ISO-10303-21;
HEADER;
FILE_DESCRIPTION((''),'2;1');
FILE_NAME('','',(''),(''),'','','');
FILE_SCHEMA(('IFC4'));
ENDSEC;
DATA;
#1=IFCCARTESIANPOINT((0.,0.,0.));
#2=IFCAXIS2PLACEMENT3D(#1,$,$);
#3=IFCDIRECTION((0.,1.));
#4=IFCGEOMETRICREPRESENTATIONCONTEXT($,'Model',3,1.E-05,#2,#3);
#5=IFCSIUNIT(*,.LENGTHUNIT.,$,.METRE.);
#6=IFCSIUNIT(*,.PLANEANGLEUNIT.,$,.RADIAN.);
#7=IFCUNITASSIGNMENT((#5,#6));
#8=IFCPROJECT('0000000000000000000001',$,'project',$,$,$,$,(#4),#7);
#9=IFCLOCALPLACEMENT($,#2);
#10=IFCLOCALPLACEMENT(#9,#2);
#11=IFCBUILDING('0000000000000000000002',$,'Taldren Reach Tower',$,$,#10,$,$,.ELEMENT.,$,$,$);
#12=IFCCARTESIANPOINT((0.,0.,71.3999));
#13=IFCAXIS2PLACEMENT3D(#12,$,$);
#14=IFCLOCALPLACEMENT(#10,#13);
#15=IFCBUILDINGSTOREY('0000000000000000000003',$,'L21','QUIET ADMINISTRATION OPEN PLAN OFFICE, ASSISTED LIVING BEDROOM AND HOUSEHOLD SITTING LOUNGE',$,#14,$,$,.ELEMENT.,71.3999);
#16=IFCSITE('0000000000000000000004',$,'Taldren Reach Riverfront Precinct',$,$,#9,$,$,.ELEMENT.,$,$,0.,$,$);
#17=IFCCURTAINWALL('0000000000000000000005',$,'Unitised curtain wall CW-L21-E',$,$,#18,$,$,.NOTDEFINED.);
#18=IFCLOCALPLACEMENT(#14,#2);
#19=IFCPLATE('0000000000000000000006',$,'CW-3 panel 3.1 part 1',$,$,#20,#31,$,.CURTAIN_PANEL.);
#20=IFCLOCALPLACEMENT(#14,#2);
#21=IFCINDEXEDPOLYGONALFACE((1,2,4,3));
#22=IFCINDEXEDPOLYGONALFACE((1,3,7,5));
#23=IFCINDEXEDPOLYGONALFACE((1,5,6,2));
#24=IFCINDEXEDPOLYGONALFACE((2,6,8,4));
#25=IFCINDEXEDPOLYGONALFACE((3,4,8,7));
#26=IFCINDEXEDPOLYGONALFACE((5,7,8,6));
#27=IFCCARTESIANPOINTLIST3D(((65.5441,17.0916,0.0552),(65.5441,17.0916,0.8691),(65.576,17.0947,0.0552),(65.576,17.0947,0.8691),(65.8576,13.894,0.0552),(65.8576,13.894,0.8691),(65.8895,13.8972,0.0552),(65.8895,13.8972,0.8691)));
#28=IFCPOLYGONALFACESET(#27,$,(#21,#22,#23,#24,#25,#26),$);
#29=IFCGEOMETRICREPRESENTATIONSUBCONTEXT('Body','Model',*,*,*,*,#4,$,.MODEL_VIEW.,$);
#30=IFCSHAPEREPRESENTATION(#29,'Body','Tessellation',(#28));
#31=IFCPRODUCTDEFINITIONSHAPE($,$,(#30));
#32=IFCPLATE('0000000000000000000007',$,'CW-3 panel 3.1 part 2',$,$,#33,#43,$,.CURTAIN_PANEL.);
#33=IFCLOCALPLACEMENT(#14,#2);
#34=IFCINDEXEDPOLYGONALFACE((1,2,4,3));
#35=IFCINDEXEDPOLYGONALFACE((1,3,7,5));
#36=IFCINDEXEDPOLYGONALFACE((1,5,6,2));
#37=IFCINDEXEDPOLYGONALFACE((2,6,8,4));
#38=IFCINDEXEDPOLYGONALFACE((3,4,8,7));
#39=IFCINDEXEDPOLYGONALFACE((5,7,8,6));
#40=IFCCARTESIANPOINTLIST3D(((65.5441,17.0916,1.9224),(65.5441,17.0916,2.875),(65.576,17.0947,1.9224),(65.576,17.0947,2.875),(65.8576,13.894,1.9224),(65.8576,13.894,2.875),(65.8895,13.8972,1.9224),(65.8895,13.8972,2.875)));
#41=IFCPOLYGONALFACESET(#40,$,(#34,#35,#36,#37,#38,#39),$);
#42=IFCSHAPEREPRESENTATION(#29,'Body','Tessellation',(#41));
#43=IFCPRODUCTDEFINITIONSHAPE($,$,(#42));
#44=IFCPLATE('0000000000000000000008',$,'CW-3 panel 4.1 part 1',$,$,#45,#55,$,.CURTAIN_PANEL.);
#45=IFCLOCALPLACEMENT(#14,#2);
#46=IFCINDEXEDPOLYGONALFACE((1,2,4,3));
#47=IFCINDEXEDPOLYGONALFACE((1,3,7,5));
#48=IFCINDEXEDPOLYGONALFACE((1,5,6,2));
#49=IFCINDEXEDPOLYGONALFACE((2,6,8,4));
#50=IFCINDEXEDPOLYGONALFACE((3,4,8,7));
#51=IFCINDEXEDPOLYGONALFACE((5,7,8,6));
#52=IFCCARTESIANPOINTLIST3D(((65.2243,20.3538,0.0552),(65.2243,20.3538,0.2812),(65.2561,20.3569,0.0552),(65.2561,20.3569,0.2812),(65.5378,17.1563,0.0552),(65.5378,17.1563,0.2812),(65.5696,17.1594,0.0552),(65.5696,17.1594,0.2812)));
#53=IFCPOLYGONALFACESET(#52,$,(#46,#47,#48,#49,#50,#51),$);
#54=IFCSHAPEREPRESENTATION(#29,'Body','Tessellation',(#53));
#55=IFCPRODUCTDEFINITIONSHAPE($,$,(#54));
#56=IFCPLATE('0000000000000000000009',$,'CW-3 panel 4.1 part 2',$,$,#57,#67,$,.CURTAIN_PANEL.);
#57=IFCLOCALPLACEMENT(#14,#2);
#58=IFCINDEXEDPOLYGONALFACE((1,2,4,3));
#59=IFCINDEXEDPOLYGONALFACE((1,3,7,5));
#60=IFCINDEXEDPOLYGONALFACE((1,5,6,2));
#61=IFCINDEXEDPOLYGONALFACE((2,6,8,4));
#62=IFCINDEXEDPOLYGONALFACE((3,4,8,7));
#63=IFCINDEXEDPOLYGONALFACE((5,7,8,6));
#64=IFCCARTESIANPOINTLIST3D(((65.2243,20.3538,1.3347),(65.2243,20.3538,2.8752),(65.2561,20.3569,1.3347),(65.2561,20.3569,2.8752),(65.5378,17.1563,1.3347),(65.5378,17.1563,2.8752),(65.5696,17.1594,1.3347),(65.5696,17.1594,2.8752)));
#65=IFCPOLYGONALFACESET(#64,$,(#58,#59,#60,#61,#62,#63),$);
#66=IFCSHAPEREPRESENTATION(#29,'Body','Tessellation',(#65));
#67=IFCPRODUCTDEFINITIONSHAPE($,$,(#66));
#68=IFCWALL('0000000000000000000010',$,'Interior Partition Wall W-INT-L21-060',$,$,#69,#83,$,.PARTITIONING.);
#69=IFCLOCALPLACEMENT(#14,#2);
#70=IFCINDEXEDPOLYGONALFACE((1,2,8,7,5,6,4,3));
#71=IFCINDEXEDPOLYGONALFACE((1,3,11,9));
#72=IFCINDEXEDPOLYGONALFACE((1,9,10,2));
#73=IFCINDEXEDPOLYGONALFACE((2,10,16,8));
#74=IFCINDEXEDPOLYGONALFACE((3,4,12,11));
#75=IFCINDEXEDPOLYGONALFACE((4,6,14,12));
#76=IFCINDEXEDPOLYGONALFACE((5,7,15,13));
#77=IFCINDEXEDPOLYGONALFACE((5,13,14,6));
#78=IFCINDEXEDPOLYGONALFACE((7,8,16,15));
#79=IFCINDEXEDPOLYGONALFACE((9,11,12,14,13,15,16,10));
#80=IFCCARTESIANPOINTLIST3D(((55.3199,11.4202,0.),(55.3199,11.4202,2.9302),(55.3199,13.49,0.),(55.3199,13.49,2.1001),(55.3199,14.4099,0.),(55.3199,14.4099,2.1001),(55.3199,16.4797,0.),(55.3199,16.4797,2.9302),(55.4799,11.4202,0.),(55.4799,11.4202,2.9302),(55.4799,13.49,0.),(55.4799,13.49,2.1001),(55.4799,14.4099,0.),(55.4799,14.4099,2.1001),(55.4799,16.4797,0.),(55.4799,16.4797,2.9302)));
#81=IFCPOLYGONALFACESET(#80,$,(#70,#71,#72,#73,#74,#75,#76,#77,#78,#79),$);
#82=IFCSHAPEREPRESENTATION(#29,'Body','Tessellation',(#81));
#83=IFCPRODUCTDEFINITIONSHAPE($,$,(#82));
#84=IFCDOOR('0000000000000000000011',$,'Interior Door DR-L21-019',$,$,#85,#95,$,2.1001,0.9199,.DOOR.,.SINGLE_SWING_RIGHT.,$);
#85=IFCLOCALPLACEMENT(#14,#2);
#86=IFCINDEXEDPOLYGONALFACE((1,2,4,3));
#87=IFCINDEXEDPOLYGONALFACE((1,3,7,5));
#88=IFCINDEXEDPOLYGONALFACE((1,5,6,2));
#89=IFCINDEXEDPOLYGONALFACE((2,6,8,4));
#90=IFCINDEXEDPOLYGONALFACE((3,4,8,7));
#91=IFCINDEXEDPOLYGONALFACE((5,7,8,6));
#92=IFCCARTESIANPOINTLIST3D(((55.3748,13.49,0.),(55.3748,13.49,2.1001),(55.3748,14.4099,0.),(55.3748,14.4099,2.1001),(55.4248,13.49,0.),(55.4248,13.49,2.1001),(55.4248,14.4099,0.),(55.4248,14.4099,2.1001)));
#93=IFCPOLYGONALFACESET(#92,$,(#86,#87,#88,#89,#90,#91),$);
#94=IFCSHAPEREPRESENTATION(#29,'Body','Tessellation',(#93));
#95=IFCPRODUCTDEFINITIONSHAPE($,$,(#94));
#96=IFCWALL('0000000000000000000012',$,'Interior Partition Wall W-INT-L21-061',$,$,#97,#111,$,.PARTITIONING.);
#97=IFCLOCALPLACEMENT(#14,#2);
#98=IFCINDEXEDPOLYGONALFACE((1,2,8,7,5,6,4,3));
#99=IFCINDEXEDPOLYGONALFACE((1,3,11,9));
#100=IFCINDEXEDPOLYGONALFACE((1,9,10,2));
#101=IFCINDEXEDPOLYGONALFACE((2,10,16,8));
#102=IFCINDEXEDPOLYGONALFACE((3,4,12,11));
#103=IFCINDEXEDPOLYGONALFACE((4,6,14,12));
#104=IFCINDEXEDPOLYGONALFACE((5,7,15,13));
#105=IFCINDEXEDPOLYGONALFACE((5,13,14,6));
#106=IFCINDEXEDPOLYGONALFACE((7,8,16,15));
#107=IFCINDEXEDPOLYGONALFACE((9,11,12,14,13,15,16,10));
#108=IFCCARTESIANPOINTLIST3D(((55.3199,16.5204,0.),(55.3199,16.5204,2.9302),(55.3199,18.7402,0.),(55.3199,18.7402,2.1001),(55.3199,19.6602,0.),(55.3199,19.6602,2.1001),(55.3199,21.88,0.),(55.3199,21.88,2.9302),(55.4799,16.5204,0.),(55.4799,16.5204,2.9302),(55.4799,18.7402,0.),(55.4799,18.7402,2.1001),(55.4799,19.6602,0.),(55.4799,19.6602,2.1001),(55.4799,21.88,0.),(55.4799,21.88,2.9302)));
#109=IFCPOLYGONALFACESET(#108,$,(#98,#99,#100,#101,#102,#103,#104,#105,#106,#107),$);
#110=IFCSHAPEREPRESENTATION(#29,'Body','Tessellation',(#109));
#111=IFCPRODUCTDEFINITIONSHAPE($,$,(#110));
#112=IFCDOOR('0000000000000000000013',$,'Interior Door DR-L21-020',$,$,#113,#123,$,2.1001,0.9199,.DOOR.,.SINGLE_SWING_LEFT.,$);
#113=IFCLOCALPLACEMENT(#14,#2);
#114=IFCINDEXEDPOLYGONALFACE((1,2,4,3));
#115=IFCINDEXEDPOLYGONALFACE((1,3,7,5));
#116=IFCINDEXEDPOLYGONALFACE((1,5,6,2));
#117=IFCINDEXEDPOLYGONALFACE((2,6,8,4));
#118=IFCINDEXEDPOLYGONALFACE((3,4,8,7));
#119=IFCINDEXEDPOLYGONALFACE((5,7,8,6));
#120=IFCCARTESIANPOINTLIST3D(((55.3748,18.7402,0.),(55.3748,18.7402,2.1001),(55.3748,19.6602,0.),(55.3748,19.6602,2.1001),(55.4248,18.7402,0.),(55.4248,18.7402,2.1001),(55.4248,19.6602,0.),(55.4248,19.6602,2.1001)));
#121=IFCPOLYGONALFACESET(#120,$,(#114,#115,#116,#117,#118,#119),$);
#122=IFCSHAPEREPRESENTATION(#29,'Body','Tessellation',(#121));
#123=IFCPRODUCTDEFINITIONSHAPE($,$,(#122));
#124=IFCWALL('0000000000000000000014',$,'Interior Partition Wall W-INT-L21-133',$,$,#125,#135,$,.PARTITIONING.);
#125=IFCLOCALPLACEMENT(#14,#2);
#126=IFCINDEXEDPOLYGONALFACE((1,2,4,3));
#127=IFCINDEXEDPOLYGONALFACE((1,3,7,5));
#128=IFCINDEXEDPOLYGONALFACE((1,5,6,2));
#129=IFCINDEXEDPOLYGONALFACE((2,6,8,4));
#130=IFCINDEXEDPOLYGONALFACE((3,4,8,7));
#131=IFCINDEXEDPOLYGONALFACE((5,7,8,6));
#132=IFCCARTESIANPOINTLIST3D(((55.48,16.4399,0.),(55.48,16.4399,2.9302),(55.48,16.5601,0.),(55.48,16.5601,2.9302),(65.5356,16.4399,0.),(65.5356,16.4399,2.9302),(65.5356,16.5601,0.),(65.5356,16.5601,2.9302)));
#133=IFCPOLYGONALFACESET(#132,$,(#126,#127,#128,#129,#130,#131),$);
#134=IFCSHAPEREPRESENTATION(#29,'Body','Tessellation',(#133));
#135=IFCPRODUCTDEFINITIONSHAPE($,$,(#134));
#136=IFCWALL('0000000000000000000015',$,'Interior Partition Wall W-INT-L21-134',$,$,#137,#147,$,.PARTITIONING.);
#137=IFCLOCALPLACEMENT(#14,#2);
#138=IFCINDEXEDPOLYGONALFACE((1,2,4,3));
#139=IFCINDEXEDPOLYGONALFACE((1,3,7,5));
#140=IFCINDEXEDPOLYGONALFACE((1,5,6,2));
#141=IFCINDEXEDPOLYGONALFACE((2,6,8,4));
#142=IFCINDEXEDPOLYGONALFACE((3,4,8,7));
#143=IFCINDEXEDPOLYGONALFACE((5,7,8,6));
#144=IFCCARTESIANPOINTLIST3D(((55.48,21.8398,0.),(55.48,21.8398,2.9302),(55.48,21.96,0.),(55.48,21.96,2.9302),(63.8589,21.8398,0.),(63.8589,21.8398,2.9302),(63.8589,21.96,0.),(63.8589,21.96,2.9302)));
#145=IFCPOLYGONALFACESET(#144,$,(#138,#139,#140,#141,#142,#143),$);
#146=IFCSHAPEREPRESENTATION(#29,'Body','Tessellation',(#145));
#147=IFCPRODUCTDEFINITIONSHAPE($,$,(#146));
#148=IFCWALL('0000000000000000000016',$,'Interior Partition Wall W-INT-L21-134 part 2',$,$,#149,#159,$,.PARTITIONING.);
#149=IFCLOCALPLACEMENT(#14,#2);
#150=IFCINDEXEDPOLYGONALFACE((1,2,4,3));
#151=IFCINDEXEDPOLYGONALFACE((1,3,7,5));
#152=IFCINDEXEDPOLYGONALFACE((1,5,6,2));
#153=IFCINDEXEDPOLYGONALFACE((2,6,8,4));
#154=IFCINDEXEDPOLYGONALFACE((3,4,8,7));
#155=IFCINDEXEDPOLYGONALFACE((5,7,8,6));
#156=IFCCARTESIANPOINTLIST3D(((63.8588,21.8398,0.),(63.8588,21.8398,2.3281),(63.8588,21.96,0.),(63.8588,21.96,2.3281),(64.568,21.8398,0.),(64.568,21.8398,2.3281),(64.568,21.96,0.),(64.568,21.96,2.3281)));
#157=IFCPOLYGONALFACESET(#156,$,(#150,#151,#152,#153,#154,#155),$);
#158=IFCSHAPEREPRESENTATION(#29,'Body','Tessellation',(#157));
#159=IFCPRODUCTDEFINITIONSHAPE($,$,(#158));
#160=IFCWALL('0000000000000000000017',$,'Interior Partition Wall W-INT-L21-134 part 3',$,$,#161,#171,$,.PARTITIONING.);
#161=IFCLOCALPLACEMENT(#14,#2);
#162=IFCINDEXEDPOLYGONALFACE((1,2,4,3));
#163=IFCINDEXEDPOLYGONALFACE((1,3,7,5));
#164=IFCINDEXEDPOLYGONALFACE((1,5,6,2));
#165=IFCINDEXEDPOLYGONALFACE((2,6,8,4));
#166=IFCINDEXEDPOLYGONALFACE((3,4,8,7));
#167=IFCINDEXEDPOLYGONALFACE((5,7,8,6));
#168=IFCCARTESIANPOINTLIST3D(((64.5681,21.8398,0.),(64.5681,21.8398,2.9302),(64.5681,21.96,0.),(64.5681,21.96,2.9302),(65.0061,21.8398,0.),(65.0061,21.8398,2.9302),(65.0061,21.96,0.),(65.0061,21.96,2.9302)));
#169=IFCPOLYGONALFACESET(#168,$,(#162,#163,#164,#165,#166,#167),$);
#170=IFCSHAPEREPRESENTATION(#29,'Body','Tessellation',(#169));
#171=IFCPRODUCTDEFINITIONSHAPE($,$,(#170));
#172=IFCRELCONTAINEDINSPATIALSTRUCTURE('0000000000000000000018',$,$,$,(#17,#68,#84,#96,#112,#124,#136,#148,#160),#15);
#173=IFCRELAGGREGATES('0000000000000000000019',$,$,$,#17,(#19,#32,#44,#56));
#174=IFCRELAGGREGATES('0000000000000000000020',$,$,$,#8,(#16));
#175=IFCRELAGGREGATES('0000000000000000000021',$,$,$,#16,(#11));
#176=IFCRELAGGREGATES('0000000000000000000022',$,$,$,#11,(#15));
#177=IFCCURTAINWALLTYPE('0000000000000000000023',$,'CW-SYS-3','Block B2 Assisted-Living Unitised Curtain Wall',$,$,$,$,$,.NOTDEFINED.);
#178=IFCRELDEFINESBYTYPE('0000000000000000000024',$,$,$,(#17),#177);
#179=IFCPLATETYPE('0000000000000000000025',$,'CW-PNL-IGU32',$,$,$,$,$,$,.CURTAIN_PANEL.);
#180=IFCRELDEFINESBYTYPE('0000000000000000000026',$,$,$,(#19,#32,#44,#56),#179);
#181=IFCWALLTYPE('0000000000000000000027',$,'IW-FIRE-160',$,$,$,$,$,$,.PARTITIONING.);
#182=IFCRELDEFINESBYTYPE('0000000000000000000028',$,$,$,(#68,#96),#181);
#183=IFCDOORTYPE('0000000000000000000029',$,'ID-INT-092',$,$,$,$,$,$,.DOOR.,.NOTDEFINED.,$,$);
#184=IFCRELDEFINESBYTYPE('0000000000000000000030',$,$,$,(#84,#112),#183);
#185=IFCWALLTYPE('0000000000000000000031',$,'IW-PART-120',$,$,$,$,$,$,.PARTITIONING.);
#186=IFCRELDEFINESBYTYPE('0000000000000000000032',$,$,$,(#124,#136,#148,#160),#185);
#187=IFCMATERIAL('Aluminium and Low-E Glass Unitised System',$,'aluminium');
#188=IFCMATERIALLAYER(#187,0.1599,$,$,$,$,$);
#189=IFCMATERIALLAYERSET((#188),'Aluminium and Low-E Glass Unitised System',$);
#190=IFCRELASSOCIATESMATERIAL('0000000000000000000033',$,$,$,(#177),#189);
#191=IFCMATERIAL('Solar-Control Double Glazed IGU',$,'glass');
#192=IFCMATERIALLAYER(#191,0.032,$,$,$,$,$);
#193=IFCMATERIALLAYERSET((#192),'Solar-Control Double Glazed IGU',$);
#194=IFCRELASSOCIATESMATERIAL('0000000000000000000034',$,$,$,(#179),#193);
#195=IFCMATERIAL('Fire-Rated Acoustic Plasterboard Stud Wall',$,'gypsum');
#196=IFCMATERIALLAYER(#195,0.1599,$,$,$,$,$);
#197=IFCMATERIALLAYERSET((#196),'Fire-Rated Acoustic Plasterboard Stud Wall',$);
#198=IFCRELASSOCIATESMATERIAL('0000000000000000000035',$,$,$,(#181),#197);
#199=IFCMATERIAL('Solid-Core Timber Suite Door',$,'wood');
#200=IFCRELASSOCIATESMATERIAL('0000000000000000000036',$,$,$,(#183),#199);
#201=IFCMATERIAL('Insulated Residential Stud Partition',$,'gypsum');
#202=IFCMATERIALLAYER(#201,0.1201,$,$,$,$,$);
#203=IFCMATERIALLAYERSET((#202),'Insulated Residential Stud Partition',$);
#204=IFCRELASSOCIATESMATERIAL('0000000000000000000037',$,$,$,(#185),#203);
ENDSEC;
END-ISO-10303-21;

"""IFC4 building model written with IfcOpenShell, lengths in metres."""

from ifc_helpers import new_model, si_unit, direction, frame, frame_2d, origin, origin_2d, place, context, subcontext, project, spatial, rectangle, extrude, source, transform, mapped, material, layer, layer_set, type_object, element, fill, aggregate, save


model = new_model("IFC4")

# Units and contexts
model_context = context("Model", 3, precision=1e-05, world=origin(), true_north=direction((0.0, 1.0)))
body_context = subcontext(model_context, "Body", "Model", "MODEL_VIEW")
ifc_project = project(units=[si_unit("LENGTHUNIT", "METRE"), si_unit("PLANEANGLEUNIT", "RADIAN")], contexts=[model_context])

# Site, building, storey
site_placement = place(None, origin())
site = spatial("IfcSite", under=ifc_project, at=site_placement, Name="Taldren Reach Riverfront Precinct", CompositionType="ELEMENT", RefElevation=0.0)
building_placement = place(site_placement, origin())
building = spatial("IfcBuilding", under=site, at=building_placement, Name="Taldren Reach Tower", CompositionType="ELEMENT")
storey_placement = place(building_placement, frame((0.0, 0.0, 71.3999)))
storey = spatial("IfcBuildingStorey", under=building, at=storey_placement, Name="L21", Description="QUIET ADMINISTRATION OPEN PLAN OFFICE, ASSISTED LIVING BEDROOM AND HOUSEHOLD SITTING LOUNGE", CompositionType="ELEMENT", Elevation=71.3999)

# Curtain wall, plates
ifc_material_1 = material(Name="Aluminium and Low-E Glass Unitised System", Category="aluminium")
ifc_layer_1 = layer(ifc_material_1, 0.1599)
ifc_layer_set_1 = layer_set([ifc_layer_1], Name="Aluminium and Low-E Glass Unitised System")
curtain_wall_type = type_object("IfcCurtainWallType", Name="CW-SYS-3", Description="Block B2 Assisted-Living Unitised Curtain Wall", PredefinedType="NOTDEFINED", material=ifc_layer_set_1)
curtain_wall_placement = place(storey_placement, origin())
curtain_wall = element("IfcCurtainWall", 1, at=curtain_wall_placement, inside=storey, type_object=curtain_wall_type, Name="Unitised curtain wall CW-L21-E", PredefinedType="NOTDEFINED")
ifc_material_2 = material(Name="Solar-Control Double Glazed IGU", Category="glass")
ifc_layer_2 = layer(ifc_material_2, 0.032)
ifc_layer_set_2 = layer_set([ifc_layer_2], Name="Solar-Control Double Glazed IGU")
plate_type = type_object("IfcPlateType", Name="CW-PNL-IGU32", PredefinedType="CURTAIN_PANEL", material=ifc_layer_set_2)
shared_shape_1 = source(origin(), body_context, "Body", "SweptSolid", [
    extrude(rectangle(XDim=3.2129, YDim=0.032, at=origin_2d()), origin(), (0.0, 0.0, 1.0), 0.814),
])
plate_1_placement = place(storey_placement, frame((65.7168, 15.4944, 0.0552), z_axis=(0.0, 0.0, 1.0), x_axis=(-0.097583, 0.995227, 0.0)))
plate_1 = element("IfcPlate", 2, at=plate_1_placement, type_object=plate_type, Name="CW-3 panel 3.1 part 1", PredefinedType="CURTAIN_PANEL", context=body_context, shape_type="MappedRepresentation", body=[
    mapped(shared_shape_1, transform((0.0, 0.0, 0.0), scale=1.0)),
])
shared_shape_2 = source(origin(), body_context, "Body", "SweptSolid", [
    extrude(rectangle(XDim=3.2129, YDim=0.032, at=origin_2d()), origin(), (0.0, 0.0, 1.0), 0.9526),
])
plate_2_placement = place(storey_placement, frame((65.7168, 15.4944, 1.9224), z_axis=(0.0, 0.0, 1.0), x_axis=(-0.097583, 0.995227, 0.0)))
plate_2 = element("IfcPlate", 3, at=plate_2_placement, type_object=plate_type, Name="CW-3 panel 3.1 part 2", PredefinedType="CURTAIN_PANEL", context=body_context, shape_type="MappedRepresentation", body=[
    mapped(shared_shape_2, transform((0.0, 0.0, 0.0), scale=1.0)),
])
shared_shape_3 = source(origin(), body_context, "Body", "SweptSolid", [
    extrude(rectangle(XDim=3.2129, YDim=0.032, at=origin_2d()), origin(), (0.0, 0.0, 1.0), 0.2261),
])
plate_3_placement = place(storey_placement, frame((65.397, 18.7566, 0.0552), z_axis=(0.0, 0.0, 1.0), x_axis=(-0.097583, 0.995227, 0.0)))
plate_3 = element("IfcPlate", 4, at=plate_3_placement, type_object=plate_type, Name="CW-3 panel 4.1 part 1", PredefinedType="CURTAIN_PANEL", context=body_context, shape_type="MappedRepresentation", body=[
    mapped(shared_shape_3, transform((0.0, 0.0, 0.0), scale=1.0)),
])
shared_shape_4 = source(origin(), body_context, "Body", "SweptSolid", [
    extrude(rectangle(XDim=3.2129, YDim=0.032, at=origin_2d()), origin(), (0.0, 0.0, 1.0), 1.5405),
])
plate_4_placement = place(storey_placement, frame((65.397, 18.7566, 1.3347), z_axis=(0.0, 0.0, 1.0), x_axis=(-0.097583, 0.995227, 0.0)))
plate_4 = element("IfcPlate", 5, at=plate_4_placement, type_object=plate_type, Name="CW-3 panel 4.1 part 2", PredefinedType="CURTAIN_PANEL", context=body_context, shape_type="MappedRepresentation", body=[
    mapped(shared_shape_4, transform((0.0, 0.0, 0.0), scale=1.0)),
])
aggregate(curtain_wall, [plate_1, plate_2, plate_3, plate_4])

# Walls, openings, doors
ifc_material_3 = material(Name="Fire-Rated Acoustic Plasterboard Stud Wall", Category="gypsum")
ifc_layer_3 = layer(ifc_material_3, 0.1599)
ifc_layer_set_3 = layer_set([ifc_layer_3], Name="Fire-Rated Acoustic Plasterboard Stud Wall")
wall_type_1 = type_object("IfcWallType", Name="IW-FIRE-160", PredefinedType="PARTITIONING", material=ifc_layer_set_3)
shared_shape_5 = source(origin(), body_context, "Body", "SweptSolid", [
    extrude(rectangle(XDim=5.0596, YDim=0.1599, at=frame_2d((2.5298, 0.0))), origin(), (0.0, 0.0, 1.0), 2.9302),
])
wall_1_placement = place(storey_placement, frame((55.3999, 16.4797, 0.0), z_axis=(0.0, 0.0, 1.0), x_axis=(0.0, -1.0, 0.0)))
wall_1 = element("IfcWall", 6, at=wall_1_placement, inside=storey, type_object=wall_type_1, Name="Interior Partition Wall W-INT-L21-060", PredefinedType="PARTITIONING", context=body_context, shape_type="MappedRepresentation", body=[
    mapped(shared_shape_5, transform((0.0, 0.0, 0.0), scale=1.0)),
])
shared_shape_6 = source(origin(), body_context, "Body", "SweptSolid", [
    extrude(rectangle(XDim=0.9199, YDim=2.1001, at=frame_2d((0.46, 1.05))), frame((0.0, 0.0898, 0.0), z_axis=(0.0, -1.0, 0.0), x_axis=(1.0, 0.0, 0.0)), (0.0, 0.0, 1.0), 0.1799),
])
opening_1_placement = place(wall_1_placement, frame((2.0698, 0.0, 0.0)))
opening_1 = element("IfcOpeningElement", 7, at=opening_1_placement, cuts=wall_1, PredefinedType="OPENING", context=body_context, shape_type="MappedRepresentation", body=[
    mapped(shared_shape_6, transform((0.0, 0.0, 0.0), scale=1.0)),
])
ifc_material_4 = material(Name="Solid-Core Timber Suite Door", Category="wood")
door_type = type_object("IfcDoorType", Name="ID-INT-092", OperationType="NOTDEFINED", PredefinedType="DOOR", material=ifc_material_4)
shared_shape_7 = source(origin(), body_context, "Body", "SweptSolid", [
    extrude(rectangle(XDim=0.9199, YDim=2.1001, at=frame_2d((0.46, 1.05))), frame((0.0, 0.0249, 0.0), z_axis=(0.0, -1.0, 0.0), x_axis=(1.0, 0.0, 0.0)), (0.0, 0.0, 1.0), 0.05),
])
door_1_placement = place(opening_1_placement, origin())
door_1 = element("IfcDoor", 8, at=door_1_placement, inside=storey, type_object=door_type, Name="Interior Door DR-L21-019", OperationType="SINGLE_SWING_RIGHT", OverallHeight=2.1001, OverallWidth=0.9199, PredefinedType="DOOR", context=body_context, shape_type="MappedRepresentation", body=[
    mapped(shared_shape_7, transform((0.0, 0.0, 0.0), scale=1.0)),
])
fill(opening_1, door_1)
shared_shape_8 = source(origin(), body_context, "Body", "SweptSolid", [
    extrude(rectangle(XDim=5.3596, YDim=0.1599, at=frame_2d((2.6797, 0.0))), origin(), (0.0, 0.0, 1.0), 2.9302),
])
wall_2_placement = place(storey_placement, frame((55.3999, 21.8799, 0.0), z_axis=(0.0, 0.0, 1.0), x_axis=(0.0, -1.0, 0.0)))
wall_2 = element("IfcWall", 9, at=wall_2_placement, inside=storey, type_object=wall_type_1, Name="Interior Partition Wall W-INT-L21-061", PredefinedType="PARTITIONING", context=body_context, shape_type="MappedRepresentation", body=[
    mapped(shared_shape_8, transform((0.0, 0.0, 0.0), scale=1.0)),
])
opening_2_placement = place(wall_2_placement, frame((2.2197, 0.0, 0.0)))
opening_2 = element("IfcOpeningElement", 10, at=opening_2_placement, cuts=wall_2, PredefinedType="OPENING", context=body_context, shape_type="MappedRepresentation", body=[
    mapped(shared_shape_6, transform((0.0, 0.0, 0.0), scale=1.0)),
])
door_2_placement = place(opening_2_placement, origin())
door_2 = element("IfcDoor", 11, at=door_2_placement, inside=storey, type_object=door_type, Name="Interior Door DR-L21-020", OperationType="SINGLE_SWING_LEFT", OverallHeight=2.1001, OverallWidth=0.9199, PredefinedType="DOOR", context=body_context, shape_type="MappedRepresentation", body=[
    mapped(shared_shape_7, transform((0.0, 0.0, 0.0), scale=1.0)),
])
fill(opening_2, door_2)

# Walls
ifc_material_5 = material(Name="Insulated Residential Stud Partition", Category="gypsum")
ifc_layer_4 = layer(ifc_material_5, 0.1201)
ifc_layer_set_4 = layer_set([ifc_layer_4], Name="Insulated Residential Stud Partition")
wall_type_2 = type_object("IfcWallType", Name="IW-PART-120", PredefinedType="PARTITIONING", material=ifc_layer_set_4)
shared_shape_9 = source(origin(), body_context, "Body", "SweptSolid", [
    extrude(rectangle(XDim=10.0557, YDim=0.1201, at=frame_2d((5.0278, 0.0))), origin(), (0.0, 0.0, 1.0), 2.9302),
])
wall_3_placement = place(storey_placement, frame((55.48, 16.5, 0.0), z_axis=(0.0, 0.0, 1.0), x_axis=(1.0, 0.0, 0.0)))
element("IfcWall", 12, at=wall_3_placement, inside=storey, type_object=wall_type_2, Name="Interior Partition Wall W-INT-L21-133", PredefinedType="PARTITIONING", context=body_context, shape_type="MappedRepresentation", body=[
    mapped(shared_shape_9, transform((0.0, 0.0, 0.0), scale=1.0)),
])
shared_shape_10 = source(origin(), body_context, "Body", "SweptSolid", [
    extrude(rectangle(XDim=8.3789, YDim=0.1201, at=frame_2d((4.1895, 0.0))), origin(), (0.0, 0.0, 1.0), 2.9302),
])
wall_4_placement = place(storey_placement, frame((55.48, 21.8999, 0.0), z_axis=(0.0, 0.0, 1.0), x_axis=(1.0, 0.0, 0.0)))
element("IfcWall", 13, at=wall_4_placement, inside=storey, type_object=wall_type_2, Name="Interior Partition Wall W-INT-L21-134", PredefinedType="PARTITIONING", context=body_context, shape_type="MappedRepresentation", body=[
    mapped(shared_shape_10, transform((0.0, 0.0, 0.0), scale=1.0)),
])
shared_shape_11 = source(origin(), body_context, "Body", "SweptSolid", [
    extrude(rectangle(XDim=0.7092, YDim=0.1201, at=frame_2d((0.3545, 0.0))), origin(), (0.0, 0.0, 1.0), 2.3281),
])
wall_5_placement = place(storey_placement, frame((63.8589, 21.8999, 0.0), z_axis=(0.0, 0.0, 1.0), x_axis=(1.0, 0.0, 0.0)))
element("IfcWall", 14, at=wall_5_placement, inside=storey, type_object=wall_type_2, Name="Interior Partition Wall W-INT-L21-134 part 2", PredefinedType="PARTITIONING", context=body_context, shape_type="MappedRepresentation", body=[
    mapped(shared_shape_11, transform((0.0, 0.0, 0.0), scale=1.0)),
])
shared_shape_12 = source(origin(), body_context, "Body", "SweptSolid", [
    extrude(rectangle(XDim=0.438, YDim=0.1201, at=frame_2d((0.219, 0.0))), origin(), (0.0, 0.0, 1.0), 2.9302),
])
wall_6_placement = place(storey_placement, frame((64.5681, 21.8999, 0.0), z_axis=(0.0, 0.0, 1.0), x_axis=(1.0, 0.0, 0.0)))
element("IfcWall", 15, at=wall_6_placement, inside=storey, type_object=wall_type_2, Name="Interior Partition Wall W-INT-L21-134 part 3", PredefinedType="PARTITIONING", context=body_context, shape_type="MappedRepresentation", body=[
    mapped(shared_shape_12, transform((0.0, 0.0, 0.0), scale=1.0)),
])

save(model, "model.ifc")
